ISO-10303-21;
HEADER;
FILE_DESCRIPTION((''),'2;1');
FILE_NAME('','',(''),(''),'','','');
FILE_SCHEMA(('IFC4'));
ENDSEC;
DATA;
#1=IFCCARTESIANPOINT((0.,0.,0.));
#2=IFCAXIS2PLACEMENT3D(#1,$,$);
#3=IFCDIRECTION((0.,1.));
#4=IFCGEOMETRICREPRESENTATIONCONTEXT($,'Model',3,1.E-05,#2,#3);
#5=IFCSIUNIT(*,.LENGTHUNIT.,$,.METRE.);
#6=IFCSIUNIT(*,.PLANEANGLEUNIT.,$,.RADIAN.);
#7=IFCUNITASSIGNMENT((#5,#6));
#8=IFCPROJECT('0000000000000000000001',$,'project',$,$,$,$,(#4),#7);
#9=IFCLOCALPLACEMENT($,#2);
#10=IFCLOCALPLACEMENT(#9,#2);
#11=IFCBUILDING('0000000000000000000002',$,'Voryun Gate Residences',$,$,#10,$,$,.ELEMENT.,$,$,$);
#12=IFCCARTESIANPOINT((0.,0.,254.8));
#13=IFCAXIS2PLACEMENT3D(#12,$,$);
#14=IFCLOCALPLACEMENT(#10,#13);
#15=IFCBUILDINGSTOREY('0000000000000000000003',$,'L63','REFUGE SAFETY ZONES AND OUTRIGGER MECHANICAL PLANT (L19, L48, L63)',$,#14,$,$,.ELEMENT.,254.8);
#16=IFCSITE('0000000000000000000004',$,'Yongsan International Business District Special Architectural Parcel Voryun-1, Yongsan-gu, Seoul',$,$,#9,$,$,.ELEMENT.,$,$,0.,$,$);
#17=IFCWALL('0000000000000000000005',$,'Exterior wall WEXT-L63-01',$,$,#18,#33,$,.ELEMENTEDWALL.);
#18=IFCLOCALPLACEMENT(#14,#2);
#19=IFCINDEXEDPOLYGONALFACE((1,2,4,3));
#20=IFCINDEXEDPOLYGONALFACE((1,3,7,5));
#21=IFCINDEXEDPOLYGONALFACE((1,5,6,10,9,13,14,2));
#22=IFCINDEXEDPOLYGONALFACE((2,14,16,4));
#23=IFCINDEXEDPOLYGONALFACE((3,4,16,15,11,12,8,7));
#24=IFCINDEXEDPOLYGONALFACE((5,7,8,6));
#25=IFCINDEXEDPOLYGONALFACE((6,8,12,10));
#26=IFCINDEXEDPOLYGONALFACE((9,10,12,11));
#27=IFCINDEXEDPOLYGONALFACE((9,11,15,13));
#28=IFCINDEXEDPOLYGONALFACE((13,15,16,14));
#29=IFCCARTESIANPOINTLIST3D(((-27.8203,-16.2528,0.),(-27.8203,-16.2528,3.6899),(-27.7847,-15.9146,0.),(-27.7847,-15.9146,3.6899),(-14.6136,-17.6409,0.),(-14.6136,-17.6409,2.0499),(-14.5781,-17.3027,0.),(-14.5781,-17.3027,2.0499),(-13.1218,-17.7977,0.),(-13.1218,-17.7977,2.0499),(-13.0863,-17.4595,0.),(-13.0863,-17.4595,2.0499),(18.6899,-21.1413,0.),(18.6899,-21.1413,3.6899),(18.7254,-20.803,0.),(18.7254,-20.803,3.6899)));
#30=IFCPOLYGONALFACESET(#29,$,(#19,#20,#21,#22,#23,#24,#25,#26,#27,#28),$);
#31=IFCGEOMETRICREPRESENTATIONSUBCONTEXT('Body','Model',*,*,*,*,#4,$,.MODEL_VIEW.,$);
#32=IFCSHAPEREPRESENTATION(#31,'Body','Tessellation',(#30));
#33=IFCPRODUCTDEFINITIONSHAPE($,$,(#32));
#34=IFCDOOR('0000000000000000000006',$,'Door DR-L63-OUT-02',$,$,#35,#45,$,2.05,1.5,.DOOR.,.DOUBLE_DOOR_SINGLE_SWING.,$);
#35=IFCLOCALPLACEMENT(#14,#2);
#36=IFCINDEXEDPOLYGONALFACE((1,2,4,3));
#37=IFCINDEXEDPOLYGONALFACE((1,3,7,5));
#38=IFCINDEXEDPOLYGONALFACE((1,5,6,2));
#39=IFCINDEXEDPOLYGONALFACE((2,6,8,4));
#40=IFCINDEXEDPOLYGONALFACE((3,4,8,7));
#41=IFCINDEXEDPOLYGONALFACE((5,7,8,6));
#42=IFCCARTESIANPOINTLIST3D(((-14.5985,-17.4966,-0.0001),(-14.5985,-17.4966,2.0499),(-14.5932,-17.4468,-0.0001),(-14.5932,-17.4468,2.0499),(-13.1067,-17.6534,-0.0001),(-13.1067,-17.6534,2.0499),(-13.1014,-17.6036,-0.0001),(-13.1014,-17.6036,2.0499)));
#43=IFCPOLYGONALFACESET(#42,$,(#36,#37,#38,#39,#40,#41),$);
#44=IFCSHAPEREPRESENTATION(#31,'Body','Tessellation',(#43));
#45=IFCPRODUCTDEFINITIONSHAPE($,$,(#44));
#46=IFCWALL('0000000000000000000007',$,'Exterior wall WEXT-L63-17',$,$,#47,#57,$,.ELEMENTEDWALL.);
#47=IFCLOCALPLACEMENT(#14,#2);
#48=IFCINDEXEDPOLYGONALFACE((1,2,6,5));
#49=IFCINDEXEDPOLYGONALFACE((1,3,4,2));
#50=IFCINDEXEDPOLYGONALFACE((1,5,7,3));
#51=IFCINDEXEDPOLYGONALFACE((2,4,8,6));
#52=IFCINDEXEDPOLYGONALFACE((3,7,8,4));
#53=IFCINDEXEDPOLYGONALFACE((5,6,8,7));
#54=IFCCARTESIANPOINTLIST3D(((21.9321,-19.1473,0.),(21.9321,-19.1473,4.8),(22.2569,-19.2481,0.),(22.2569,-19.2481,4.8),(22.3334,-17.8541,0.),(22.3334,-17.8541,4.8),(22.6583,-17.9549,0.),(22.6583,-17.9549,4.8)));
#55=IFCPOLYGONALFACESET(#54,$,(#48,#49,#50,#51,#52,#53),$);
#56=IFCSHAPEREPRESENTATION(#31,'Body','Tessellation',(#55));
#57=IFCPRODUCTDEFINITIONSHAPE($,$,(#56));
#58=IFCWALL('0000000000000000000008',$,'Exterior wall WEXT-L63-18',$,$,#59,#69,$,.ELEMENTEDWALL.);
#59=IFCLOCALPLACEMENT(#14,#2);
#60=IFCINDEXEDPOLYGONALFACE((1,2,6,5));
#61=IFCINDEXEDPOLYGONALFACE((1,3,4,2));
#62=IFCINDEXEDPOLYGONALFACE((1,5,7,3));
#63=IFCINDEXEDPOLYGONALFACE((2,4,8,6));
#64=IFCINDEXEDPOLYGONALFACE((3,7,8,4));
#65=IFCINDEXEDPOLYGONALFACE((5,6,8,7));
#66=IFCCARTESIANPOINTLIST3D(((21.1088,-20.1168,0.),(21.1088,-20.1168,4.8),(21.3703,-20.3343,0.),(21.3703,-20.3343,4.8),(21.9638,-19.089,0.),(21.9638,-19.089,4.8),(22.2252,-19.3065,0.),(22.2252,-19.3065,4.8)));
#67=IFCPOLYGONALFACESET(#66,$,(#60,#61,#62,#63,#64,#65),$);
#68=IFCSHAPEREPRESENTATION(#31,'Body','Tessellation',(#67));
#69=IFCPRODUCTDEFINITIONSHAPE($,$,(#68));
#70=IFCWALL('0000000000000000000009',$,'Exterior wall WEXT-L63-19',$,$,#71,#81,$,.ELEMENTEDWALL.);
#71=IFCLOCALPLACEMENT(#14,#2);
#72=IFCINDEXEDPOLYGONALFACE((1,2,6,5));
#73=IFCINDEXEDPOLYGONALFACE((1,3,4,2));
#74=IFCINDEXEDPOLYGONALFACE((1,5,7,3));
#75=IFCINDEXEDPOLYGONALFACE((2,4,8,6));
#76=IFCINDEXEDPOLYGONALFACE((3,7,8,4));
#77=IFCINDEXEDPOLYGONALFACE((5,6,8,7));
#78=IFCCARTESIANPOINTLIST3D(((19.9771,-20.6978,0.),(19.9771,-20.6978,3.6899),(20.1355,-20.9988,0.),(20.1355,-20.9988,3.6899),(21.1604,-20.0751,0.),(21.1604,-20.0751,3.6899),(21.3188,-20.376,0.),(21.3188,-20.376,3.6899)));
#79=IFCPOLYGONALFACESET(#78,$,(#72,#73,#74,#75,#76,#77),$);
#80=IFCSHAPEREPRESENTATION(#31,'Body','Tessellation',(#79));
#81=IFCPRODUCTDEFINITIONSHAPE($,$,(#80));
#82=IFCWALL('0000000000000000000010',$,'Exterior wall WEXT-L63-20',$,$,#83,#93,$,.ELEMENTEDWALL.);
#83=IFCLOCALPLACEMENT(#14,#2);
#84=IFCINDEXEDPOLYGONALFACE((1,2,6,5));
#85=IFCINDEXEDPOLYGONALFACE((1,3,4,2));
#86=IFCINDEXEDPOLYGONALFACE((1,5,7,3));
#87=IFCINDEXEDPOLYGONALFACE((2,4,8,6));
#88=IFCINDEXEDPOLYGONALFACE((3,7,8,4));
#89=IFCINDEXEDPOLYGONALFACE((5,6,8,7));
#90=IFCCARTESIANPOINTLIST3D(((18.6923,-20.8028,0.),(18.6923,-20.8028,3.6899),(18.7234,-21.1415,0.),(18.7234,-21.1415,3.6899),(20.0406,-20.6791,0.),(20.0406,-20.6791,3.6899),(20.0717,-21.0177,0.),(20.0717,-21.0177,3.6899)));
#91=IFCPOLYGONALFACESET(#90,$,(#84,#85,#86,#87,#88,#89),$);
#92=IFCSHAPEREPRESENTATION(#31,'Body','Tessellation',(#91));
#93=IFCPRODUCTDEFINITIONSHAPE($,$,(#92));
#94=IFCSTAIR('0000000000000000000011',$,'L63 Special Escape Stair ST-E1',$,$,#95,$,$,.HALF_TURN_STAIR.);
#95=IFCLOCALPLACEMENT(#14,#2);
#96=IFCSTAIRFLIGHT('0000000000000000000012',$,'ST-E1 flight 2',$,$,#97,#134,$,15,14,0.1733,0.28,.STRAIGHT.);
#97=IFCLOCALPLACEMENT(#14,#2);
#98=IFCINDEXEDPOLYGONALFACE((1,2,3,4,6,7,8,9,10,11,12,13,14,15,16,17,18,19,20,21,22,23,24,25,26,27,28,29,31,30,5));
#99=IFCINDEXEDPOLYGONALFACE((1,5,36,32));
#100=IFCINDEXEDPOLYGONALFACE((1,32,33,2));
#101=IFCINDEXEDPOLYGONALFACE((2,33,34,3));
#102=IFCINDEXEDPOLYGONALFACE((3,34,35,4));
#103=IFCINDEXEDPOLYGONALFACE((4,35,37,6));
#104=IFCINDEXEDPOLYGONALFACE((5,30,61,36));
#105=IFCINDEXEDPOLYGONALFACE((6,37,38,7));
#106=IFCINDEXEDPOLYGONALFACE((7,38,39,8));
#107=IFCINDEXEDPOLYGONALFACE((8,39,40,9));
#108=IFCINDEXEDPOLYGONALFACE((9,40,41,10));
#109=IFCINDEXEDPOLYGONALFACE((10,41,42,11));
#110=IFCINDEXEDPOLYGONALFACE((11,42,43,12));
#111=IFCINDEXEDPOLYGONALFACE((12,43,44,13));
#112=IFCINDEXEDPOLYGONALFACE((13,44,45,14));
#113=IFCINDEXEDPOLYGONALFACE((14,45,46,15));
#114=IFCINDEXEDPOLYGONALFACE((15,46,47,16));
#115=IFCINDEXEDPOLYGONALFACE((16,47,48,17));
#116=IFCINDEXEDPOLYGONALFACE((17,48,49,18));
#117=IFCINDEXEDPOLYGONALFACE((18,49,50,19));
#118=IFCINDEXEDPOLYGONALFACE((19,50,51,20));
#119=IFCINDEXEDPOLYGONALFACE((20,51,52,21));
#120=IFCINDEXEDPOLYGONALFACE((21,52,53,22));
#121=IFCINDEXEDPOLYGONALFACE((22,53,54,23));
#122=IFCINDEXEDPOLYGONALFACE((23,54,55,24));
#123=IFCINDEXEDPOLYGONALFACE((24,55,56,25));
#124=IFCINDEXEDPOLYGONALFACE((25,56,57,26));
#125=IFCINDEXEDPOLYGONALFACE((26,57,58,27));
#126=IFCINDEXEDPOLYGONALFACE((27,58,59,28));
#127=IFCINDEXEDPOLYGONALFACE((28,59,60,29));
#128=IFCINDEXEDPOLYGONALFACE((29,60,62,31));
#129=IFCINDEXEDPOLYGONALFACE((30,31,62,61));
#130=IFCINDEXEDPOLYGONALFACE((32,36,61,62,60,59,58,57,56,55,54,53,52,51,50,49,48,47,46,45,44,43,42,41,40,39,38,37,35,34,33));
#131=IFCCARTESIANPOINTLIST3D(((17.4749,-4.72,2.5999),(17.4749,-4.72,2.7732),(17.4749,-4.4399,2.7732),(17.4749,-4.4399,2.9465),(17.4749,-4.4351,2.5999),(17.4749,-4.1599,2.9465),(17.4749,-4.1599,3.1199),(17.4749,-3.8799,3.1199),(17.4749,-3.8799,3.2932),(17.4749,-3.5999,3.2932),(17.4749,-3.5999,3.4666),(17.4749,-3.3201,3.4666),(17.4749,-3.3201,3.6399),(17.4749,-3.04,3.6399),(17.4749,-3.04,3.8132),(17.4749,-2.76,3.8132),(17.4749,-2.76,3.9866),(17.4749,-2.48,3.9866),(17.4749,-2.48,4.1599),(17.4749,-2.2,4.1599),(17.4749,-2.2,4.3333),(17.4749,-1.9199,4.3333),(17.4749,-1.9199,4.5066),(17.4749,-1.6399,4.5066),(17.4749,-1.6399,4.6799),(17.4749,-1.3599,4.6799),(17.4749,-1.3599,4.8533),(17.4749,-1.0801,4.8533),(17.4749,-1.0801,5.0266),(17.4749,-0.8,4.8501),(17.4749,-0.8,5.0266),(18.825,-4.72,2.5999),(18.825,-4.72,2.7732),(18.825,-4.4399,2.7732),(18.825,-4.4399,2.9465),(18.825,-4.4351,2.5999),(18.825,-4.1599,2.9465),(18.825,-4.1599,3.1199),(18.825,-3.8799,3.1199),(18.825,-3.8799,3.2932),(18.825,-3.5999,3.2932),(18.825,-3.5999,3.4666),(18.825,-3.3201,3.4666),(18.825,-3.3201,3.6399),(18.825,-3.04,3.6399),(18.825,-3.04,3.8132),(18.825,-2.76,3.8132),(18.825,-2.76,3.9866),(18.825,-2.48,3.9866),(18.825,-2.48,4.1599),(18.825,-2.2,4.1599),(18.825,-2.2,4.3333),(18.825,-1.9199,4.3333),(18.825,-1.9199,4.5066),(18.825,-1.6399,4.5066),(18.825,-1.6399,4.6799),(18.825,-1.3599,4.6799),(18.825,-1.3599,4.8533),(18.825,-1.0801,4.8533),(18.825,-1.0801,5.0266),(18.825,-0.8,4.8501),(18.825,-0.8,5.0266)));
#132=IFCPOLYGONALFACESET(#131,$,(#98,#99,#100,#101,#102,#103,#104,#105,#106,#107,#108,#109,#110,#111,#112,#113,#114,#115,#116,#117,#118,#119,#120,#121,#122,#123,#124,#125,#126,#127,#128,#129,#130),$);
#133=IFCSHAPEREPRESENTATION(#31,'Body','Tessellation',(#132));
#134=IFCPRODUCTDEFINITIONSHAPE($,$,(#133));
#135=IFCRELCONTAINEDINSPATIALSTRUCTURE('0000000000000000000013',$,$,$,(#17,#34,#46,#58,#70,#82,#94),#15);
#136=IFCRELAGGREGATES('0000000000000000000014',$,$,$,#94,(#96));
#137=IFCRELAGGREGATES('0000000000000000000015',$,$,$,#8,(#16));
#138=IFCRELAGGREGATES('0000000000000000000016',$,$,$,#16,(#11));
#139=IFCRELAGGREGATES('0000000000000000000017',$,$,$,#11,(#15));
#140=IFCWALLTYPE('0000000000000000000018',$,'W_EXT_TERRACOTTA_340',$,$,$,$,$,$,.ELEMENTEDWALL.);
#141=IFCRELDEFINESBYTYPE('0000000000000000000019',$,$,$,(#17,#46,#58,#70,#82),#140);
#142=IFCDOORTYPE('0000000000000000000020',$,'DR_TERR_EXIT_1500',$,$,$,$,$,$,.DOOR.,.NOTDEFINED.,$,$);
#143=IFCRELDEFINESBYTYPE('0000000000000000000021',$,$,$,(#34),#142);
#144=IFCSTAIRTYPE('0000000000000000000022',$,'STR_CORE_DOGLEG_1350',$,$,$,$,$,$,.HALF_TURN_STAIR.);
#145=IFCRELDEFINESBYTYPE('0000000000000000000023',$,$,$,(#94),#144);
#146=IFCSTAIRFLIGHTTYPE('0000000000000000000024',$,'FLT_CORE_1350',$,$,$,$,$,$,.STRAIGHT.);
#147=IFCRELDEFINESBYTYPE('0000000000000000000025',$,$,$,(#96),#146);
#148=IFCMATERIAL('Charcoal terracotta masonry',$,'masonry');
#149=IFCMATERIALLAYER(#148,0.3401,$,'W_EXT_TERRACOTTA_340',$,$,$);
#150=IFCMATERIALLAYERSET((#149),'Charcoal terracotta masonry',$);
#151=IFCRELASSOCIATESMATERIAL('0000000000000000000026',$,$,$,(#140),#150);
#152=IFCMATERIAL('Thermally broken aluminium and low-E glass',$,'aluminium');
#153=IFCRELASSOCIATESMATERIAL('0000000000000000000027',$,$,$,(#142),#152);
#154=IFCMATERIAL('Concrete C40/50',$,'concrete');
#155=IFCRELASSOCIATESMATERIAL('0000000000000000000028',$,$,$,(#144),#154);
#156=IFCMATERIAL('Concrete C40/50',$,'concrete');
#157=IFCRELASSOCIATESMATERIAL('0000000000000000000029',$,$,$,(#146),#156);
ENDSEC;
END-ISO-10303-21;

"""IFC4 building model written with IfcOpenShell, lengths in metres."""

from ifc_helpers import new_model, si_unit, direction, frame, frame_2d, origin, place, context, subcontext, project, spatial, polyline, rectangle, outline, extrude, material, layer, layer_set, type_object, element, fill, aggregate, save


model = new_model("IFC4")

# Units and contexts
model_context = context("Model", 3, precision=1e-05, world=origin(), true_north=direction((0.0, 1.0)))
body_context = subcontext(model_context, "Body", "Model", "MODEL_VIEW")
ifc_project = project(units=[si_unit("LENGTHUNIT", "METRE"), si_unit("PLANEANGLEUNIT", "RADIAN")], contexts=[model_context])

# Site, building, storey
site_placement = place(None, origin())
site = spatial("IfcSite", under=ifc_project, at=site_placement, Name="Yongsan International Business District Special Architectural Parcel Voryun-1, Yongsan-gu, Seoul", CompositionType="ELEMENT", RefElevation=0.0)
building_placement = place(site_placement, origin())
building = spatial("IfcBuilding", under=site, at=building_placement, Name="Voryun Gate Residences", CompositionType="ELEMENT")
storey_placement = place(building_placement, frame((0.0, 0.0, 254.8)))
storey = spatial("IfcBuildingStorey", under=building, at=storey_placement, Name="L63", Description="REFUGE SAFETY ZONES AND OUTRIGGER MECHANICAL PLANT (L19, L48, L63)", CompositionType="ELEMENT", Elevation=254.8)

# Wall, opening, door
ifc_material_1 = material(Name="Charcoal terracotta masonry", Category="masonry")
ifc_layer_1 = layer(ifc_material_1, 0.3401, Name="W_EXT_TERRACOTTA_340")
ifc_layer_set_1 = layer_set([ifc_layer_1], Name="Charcoal terracotta masonry")
wall_type_1 = type_object("IfcWallType", Name="W_EXT_TERRACOTTA_340", PredefinedType="ELEMENTEDWALL", material=ifc_layer_set_1)
wall_1_placement = place(storey_placement, frame((18.7078, -20.9722, 0.0), z_axis=(0.0, 0.0, 1.0), x_axis=(-0.994522, 0.104529, 0.0)))
wall_1 = element("IfcWall", 1, at=wall_1_placement, inside=storey, type_object=wall_type_1, Name="Exterior wall WEXT-L63-01", PredefinedType="ELEMENTEDWALL", context=body_context, shape_type="SweptSolid", body=[
    extrude(rectangle(XDim=46.7664, YDim=0.3401, at=frame_2d((23.3833, 0.0))), origin(), (0.0, 0.0, 1.0), 3.6899),
])
opening_1_placement = place(wall_1_placement, frame((31.9871, 0.0, 0.0)))
opening_1 = element("IfcOpeningElement", 2, at=opening_1_placement, cuts=wall_1, PredefinedType="OPENING", context=body_context, shape_type="SweptSolid", body=[
    extrude(rectangle(XDim=1.5, YDim=2.05, at=frame_2d((0.75, 1.0249))), frame((0.0, 0.1799, 0.0), z_axis=(0.0, -1.0, 0.0), x_axis=(1.0, 0.0, 0.0)), (0.0, 0.0, 1.0), 0.3601),
])
ifc_material_2 = material(Name="Thermally broken aluminium and low-E glass", Category="aluminium")
door_type_1 = type_object("IfcDoorType", Name="DR_TERR_EXIT_1500", OperationType="NOTDEFINED", PredefinedType="DOOR", material=ifc_material_2)
door_1_placement = place(opening_1_placement, origin())
door_1 = element("IfcDoor", 3, at=door_1_placement, inside=storey, type_object=door_type_1, Name="Door DR-L63-OUT-02", OperationType="DOUBLE_DOOR_SINGLE_SWING", OverallHeight=2.05, OverallWidth=1.5, PredefinedType="DOOR", context=body_context, shape_type="SweptSolid", body=[
    extrude(rectangle(XDim=1.5, YDim=2.05, at=frame_2d((0.75, 1.0249))), frame((0.0, 0.0249, 0.0), z_axis=(0.0, -1.0, 0.0), x_axis=(1.0, 0.0, 0.0)), (0.0, 0.0, 1.0), 0.05),
])
fill(opening_1, door_1)

# Walls
wall_2_placement = place(storey_placement, frame((22.4958, -17.9045, 0.0), z_axis=(0.0, 0.0, 1.0), x_axis=(-0.296416, -0.955059, 0.0)))
element("IfcWall", 4, at=wall_2_placement, inside=storey, type_object=wall_type_1, Name="Exterior wall WEXT-L63-17", PredefinedType="ELEMENTEDWALL", context=body_context, shape_type="SweptSolid", body=[
    extrude(rectangle(XDim=1.354, YDim=0.3401, at=frame_2d((0.677, 0.0))), origin(), (0.0, 0.0, 1.0), 4.8),
])
wall_3_placement = place(storey_placement, frame((22.0945, -19.1978, 0.0), z_axis=(0.0, 0.0, 1.0), x_axis=(-0.639502, -0.76879, 0.0)))
element("IfcWall", 5, at=wall_3_placement, inside=storey, type_object=wall_type_1, Name="Exterior wall WEXT-L63-18", PredefinedType="ELEMENTEDWALL", context=body_context, shape_type="SweptSolid", body=[
    extrude(rectangle(XDim=1.3369, YDim=0.3401, at=frame_2d((0.6685, 0.0))), origin(), (0.0, 0.0, 1.0), 4.8),
])
wall_4_placement = place(storey_placement, frame((21.2395, -20.2256, 0.0), z_axis=(0.0, 0.0, 1.0), x_axis=(-0.884922, -0.465739, 0.0)))
element("IfcWall", 6, at=wall_4_placement, inside=storey, type_object=wall_type_1, Name="Exterior wall WEXT-L63-19", PredefinedType="ELEMENTEDWALL", context=body_context, shape_type="SweptSolid", body=[
    extrude(rectangle(XDim=1.3372, YDim=0.3401, at=frame_2d((0.6685, 0.0))), origin(), (0.0, 0.0, 1.0), 3.6899),
])
wall_5_placement = place(storey_placement, frame((20.0562, -20.8484, 0.0), z_axis=(0.0, 0.0, 1.0), x_axis=(-0.995813, -0.091414, 0.0)))
element("IfcWall", 7, at=wall_5_placement, inside=storey, type_object=wall_type_1, Name="Exterior wall WEXT-L63-20", PredefinedType="ELEMENTEDWALL", context=body_context, shape_type="SweptSolid", body=[
    extrude(rectangle(XDim=1.354, YDim=0.3401, at=frame_2d((0.677, 0.0))), origin(), (0.0, 0.0, 1.0), 3.6899),
])

# Stair, stair flight
ifc_material_3 = material(Name="Concrete C40/50", Category="concrete")
stair_type = type_object("IfcStairType", Name="STR_CORE_DOGLEG_1350", PredefinedType="HALF_TURN_STAIR", material=ifc_material_3)
stair_placement = place(storey_placement, origin())
stair = element("IfcStair", 8, at=stair_placement, inside=storey, type_object=stair_type, Name="L63 Special Escape Stair ST-E1", PredefinedType="HALF_TURN_STAIR")
ifc_material_4 = material(Name="Concrete C40/50", Category="concrete")
stair_flight_type = type_object("IfcStairFlightType", Name="FLT_CORE_1350", PredefinedType="STRAIGHT", material=ifc_material_4)
stair_flight_placement = place(storey_placement, frame((18.1499, -4.72, 2.5999), z_axis=(0.0, 0.0, 1.0), x_axis=(0.0, 1.0, 0.0)))
stair_flight = element("IfcStairFlight", 9, at=stair_flight_placement, type_object=stair_flight_type, Name="ST-E1 flight 2", NumberOfRisers=15, NumberOfTreads=14, PredefinedType="STRAIGHT", RiserHeight=0.1733, TreadLength=0.28, context=body_context, shape_type="SweptSolid", body=[
    extrude(outline(polyline([(0.0, 0.0), (0.0, 0.1733), (0.28, 0.1733), (0.28, 0.3467), (0.5601, 0.3467), (0.5601, 0.52), (0.8401, 0.52), (0.8401, 0.6934), (1.1201, 0.6934), (1.1201, 0.8667), (1.3999, 0.8667), (1.3999, 1.04), (1.6799, 1.04), (1.6799, 1.2134), (1.96, 1.2134), (1.96, 1.3867), (2.24, 1.3867), (2.24, 1.5601), (2.52, 1.5601), (2.52, 1.7334), (2.8, 1.7334), (2.8, 1.9067), (3.0801, 1.9067), (3.0801, 2.0801), (3.3601, 2.0801), (3.3601, 2.2534), (3.6399, 2.2534), (3.6399, 2.4268), (3.9199, 2.4268), (3.9199, 2.6001), (3.9199, 2.2502), (0.2849, 0.0), (0.0, 0.0)])), frame((0.0, 0.675, 0.0), z_axis=(0.0, -1.0, 0.0), x_axis=(1.0, 0.0, 0.0)), (0.0, 0.0, 1.0), 1.3501),
])
aggregate(stair, [stair_flight])

save(model, "model.ifc")
